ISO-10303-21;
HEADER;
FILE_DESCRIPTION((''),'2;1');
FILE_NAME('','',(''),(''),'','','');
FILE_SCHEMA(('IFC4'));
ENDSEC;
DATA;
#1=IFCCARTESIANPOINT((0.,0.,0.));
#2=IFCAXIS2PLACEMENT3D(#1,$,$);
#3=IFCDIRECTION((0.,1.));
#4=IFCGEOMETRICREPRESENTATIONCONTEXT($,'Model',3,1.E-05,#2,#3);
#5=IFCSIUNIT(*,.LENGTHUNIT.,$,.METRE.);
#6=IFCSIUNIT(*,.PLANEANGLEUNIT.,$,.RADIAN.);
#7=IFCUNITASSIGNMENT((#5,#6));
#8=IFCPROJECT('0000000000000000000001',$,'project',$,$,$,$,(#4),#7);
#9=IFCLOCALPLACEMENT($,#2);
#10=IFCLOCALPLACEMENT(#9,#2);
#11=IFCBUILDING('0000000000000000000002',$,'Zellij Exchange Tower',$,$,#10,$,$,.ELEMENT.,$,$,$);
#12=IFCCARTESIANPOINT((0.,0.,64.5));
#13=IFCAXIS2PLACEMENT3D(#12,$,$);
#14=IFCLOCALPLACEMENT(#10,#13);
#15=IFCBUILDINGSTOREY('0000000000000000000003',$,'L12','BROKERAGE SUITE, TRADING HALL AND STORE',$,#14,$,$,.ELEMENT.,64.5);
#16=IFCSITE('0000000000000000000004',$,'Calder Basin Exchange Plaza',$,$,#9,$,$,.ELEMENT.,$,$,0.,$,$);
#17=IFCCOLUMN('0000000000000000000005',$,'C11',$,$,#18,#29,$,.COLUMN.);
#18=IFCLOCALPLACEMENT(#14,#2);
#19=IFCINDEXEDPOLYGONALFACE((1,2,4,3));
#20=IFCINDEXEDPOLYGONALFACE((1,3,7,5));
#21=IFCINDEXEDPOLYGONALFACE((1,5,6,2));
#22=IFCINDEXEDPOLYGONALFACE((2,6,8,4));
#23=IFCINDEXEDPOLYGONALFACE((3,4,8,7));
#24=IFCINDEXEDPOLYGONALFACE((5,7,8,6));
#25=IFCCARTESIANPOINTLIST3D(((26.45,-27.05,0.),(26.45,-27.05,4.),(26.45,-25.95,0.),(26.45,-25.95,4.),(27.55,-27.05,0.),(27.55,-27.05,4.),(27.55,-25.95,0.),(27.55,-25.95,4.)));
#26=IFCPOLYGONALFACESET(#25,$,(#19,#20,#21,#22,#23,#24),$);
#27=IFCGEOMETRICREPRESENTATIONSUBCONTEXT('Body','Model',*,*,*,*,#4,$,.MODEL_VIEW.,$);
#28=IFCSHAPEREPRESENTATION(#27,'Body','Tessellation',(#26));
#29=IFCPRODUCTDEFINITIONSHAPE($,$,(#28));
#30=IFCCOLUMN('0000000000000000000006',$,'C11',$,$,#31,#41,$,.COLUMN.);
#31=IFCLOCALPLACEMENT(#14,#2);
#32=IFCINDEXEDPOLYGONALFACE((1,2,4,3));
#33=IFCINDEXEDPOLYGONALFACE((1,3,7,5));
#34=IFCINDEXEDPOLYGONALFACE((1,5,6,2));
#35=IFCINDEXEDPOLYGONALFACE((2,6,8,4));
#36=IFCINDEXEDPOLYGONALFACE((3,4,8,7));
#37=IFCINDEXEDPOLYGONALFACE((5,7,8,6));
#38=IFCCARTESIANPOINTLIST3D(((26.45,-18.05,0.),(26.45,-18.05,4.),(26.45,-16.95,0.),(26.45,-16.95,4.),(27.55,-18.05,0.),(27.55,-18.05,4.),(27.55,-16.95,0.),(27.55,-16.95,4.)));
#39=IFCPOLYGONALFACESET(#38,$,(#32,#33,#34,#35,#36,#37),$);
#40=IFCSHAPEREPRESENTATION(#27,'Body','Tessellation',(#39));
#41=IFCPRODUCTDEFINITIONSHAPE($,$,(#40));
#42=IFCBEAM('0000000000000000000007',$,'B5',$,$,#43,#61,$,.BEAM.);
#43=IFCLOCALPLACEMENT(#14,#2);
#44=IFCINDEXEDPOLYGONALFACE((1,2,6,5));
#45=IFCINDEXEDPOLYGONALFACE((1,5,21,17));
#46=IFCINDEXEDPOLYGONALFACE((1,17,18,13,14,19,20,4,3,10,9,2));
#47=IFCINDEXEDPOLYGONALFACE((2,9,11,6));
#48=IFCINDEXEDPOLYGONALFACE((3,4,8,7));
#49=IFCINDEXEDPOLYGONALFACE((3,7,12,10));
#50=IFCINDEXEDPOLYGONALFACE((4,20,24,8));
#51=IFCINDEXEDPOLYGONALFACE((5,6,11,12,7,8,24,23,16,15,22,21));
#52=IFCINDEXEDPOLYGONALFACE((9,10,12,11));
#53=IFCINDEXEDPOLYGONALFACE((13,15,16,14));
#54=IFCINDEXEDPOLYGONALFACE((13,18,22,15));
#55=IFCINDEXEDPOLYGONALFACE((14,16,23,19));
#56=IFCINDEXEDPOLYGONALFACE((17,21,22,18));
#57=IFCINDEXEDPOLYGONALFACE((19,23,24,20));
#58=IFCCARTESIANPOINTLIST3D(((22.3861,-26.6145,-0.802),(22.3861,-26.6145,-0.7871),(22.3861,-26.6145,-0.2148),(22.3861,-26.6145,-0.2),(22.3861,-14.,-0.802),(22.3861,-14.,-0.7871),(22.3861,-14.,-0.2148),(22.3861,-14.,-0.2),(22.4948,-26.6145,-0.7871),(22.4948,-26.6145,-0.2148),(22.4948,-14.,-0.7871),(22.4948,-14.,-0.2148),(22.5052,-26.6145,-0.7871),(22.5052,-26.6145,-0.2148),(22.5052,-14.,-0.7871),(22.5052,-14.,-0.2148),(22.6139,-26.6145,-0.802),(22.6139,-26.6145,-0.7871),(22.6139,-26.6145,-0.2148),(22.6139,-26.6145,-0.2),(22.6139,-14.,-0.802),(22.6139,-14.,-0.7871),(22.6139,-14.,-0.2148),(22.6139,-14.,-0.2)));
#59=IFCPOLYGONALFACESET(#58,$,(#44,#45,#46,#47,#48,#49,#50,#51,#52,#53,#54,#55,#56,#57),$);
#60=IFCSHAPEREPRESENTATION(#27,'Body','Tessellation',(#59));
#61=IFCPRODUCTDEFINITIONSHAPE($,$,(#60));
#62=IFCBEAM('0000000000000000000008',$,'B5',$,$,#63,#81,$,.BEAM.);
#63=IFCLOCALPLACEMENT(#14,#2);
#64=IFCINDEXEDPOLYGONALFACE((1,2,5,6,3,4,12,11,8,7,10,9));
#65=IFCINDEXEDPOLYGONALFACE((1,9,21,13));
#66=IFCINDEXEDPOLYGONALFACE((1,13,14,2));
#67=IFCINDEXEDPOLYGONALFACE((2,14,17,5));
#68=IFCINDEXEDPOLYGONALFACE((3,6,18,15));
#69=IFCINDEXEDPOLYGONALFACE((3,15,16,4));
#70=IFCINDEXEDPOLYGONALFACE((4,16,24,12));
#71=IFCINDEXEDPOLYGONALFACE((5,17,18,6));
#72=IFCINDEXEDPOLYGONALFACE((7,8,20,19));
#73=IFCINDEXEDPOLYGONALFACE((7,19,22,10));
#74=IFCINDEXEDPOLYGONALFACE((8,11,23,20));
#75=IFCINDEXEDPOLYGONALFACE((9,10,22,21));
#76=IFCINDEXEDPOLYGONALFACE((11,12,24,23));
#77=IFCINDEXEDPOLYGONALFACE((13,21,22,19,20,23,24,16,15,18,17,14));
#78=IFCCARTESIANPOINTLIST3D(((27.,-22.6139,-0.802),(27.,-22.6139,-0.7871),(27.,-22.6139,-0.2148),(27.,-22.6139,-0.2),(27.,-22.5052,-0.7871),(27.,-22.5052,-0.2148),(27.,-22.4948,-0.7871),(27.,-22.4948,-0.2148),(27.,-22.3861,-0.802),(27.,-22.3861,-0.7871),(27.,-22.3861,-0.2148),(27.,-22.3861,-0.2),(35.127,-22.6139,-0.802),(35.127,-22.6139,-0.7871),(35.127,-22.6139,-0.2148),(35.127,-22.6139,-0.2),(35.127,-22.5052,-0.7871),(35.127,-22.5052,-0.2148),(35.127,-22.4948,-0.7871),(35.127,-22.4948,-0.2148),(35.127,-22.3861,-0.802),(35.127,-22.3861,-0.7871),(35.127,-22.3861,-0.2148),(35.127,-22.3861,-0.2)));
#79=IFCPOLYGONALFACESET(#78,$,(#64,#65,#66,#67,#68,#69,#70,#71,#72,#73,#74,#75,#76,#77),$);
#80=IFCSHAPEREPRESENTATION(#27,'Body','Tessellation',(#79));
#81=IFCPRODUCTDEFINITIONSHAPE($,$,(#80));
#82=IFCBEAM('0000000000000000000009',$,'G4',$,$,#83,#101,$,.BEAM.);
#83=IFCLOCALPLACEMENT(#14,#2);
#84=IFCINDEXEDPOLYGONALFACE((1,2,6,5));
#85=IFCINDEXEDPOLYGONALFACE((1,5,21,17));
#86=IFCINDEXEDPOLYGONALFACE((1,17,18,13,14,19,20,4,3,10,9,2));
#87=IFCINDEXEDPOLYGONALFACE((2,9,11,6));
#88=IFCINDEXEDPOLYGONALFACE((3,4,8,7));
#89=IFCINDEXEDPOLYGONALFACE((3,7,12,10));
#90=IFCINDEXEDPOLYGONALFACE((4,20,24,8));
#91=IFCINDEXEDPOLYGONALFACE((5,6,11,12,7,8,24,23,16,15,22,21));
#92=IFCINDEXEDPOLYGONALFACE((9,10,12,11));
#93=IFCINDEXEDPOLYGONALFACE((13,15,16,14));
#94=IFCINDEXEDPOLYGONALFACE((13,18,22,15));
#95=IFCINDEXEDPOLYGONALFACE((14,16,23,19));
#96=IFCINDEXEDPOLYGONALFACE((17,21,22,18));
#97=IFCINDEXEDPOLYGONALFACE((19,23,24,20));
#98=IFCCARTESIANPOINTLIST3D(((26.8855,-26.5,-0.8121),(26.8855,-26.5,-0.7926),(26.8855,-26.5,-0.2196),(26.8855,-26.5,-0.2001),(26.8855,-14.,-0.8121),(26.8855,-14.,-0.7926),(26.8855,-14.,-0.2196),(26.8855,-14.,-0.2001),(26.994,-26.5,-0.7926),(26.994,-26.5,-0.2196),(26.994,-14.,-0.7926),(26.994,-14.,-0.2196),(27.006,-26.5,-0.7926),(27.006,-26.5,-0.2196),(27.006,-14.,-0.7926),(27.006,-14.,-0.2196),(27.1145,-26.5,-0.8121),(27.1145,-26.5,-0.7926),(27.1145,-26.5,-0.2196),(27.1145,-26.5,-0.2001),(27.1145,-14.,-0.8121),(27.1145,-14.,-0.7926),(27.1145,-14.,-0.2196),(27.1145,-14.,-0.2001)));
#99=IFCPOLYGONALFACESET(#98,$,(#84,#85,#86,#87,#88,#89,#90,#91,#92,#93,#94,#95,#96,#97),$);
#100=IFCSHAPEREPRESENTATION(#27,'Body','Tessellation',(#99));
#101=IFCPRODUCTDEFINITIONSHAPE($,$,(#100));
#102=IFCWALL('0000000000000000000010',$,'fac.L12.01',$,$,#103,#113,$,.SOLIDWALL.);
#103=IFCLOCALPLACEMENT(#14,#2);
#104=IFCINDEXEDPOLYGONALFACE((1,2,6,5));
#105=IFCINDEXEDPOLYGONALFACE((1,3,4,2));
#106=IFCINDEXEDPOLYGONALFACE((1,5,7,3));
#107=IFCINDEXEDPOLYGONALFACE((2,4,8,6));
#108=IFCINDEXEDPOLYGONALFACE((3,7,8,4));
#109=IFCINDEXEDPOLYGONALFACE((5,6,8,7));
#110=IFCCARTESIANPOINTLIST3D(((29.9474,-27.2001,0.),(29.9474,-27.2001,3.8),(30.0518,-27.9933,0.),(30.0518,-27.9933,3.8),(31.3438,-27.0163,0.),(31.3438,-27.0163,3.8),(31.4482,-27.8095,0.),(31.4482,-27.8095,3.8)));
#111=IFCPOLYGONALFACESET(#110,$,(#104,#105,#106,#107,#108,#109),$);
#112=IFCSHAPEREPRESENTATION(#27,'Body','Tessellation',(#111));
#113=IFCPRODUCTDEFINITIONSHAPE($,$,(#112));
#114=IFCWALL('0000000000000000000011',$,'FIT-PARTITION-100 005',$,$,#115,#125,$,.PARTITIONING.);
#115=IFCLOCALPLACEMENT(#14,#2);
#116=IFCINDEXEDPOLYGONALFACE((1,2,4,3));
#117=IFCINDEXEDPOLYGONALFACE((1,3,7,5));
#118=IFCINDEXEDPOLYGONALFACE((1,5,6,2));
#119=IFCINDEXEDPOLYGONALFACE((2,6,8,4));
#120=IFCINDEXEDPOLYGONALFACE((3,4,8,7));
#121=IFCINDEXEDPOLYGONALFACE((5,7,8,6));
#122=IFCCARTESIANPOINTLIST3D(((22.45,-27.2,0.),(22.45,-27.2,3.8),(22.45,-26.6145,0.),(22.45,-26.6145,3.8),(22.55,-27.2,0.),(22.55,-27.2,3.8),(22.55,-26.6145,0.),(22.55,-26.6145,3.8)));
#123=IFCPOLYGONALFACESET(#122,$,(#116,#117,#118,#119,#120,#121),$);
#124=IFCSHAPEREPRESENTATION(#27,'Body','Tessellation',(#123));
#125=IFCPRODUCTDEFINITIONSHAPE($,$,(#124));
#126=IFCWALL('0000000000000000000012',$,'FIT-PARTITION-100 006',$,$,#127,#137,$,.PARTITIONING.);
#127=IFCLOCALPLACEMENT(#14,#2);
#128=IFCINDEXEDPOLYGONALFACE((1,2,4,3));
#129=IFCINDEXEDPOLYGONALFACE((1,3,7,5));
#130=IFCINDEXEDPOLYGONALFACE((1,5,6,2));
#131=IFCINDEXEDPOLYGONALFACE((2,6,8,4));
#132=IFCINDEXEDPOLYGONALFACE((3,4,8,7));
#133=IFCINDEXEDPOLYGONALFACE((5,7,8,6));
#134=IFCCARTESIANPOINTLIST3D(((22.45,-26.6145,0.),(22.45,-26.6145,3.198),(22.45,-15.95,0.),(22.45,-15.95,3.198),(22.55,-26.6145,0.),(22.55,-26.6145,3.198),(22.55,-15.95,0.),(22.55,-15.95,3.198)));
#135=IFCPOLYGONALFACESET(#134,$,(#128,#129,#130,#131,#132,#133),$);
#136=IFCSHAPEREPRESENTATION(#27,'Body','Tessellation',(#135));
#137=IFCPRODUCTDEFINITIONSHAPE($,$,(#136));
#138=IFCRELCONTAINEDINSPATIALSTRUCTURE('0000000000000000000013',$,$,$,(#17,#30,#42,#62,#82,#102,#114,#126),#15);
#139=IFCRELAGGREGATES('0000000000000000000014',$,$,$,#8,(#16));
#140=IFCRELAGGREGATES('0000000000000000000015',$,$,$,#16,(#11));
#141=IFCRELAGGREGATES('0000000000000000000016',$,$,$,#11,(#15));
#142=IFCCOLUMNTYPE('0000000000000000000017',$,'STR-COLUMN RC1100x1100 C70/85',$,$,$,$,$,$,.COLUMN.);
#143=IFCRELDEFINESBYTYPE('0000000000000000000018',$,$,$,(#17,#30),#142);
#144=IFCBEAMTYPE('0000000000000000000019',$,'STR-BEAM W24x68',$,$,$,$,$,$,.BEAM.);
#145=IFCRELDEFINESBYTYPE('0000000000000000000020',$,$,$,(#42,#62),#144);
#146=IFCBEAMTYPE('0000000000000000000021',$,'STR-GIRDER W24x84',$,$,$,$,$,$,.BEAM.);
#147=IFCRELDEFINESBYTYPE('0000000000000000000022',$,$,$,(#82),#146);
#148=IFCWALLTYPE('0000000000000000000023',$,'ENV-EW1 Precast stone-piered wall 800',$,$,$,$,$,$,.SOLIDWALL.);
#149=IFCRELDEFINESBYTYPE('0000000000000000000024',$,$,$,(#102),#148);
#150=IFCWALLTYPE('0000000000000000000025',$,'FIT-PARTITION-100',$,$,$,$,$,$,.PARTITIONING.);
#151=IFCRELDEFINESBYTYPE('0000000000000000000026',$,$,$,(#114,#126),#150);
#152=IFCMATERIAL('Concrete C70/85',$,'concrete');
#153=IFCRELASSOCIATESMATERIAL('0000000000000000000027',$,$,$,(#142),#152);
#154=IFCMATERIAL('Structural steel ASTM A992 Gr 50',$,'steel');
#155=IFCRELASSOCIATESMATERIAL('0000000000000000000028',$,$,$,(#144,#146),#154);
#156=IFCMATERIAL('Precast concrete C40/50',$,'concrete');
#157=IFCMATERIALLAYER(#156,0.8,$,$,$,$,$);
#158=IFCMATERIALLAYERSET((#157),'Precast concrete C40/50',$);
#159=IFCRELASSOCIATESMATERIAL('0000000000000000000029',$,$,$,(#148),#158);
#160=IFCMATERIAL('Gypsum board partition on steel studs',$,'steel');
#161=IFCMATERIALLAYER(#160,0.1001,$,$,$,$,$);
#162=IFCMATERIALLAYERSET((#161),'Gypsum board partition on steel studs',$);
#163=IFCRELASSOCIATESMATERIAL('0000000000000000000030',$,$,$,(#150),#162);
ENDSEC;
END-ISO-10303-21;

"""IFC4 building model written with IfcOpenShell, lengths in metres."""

from ifc_helpers import new_model, si_unit, direction, frame, frame_2d, origin, origin_2d, place, context, subcontext, project, spatial, rectangle, i_section, extrude, material, layer, layer_set, material_profile, profile_set, type_object, element, save


model = new_model("IFC4")

# Units and contexts
model_context = context("Model", 3, precision=1e-05, world=origin(), true_north=direction((0.0, 1.0)))
body_context = subcontext(model_context, "Body", "Model", "MODEL_VIEW")
ifc_project = project(units=[si_unit("LENGTHUNIT", "METRE"), si_unit("PLANEANGLEUNIT", "RADIAN")], contexts=[model_context])

# Site, building, storey
site_placement = place(None, origin())
site = spatial("IfcSite", under=ifc_project, at=site_placement, Name="Calder Basin Exchange Plaza", CompositionType="ELEMENT", RefElevation=0.0)
building_placement = place(site_placement, origin())
building = spatial("IfcBuilding", under=site, at=building_placement, Name="Zellij Exchange Tower", CompositionType="ELEMENT")
storey_placement = place(building_placement, frame((0.0, 0.0, 64.5)))
storey = spatial("IfcBuildingStorey", under=building, at=storey_placement, Name="L12", Description="BROKERAGE SUITE, TRADING HALL AND STORE", CompositionType="ELEMENT", Elevation=64.5)

# Columns
ifc_material_1 = material(Name="Concrete C70/85", Category="concrete")
ifc_material_profile_1 = material_profile(ifc_material_1, rectangle(XDim=1.1001, YDim=1.1001, at=origin_2d()), Name="STR-COLUMN RC1100x1100 C70/85")
ifc_profile_set_1 = profile_set([ifc_material_profile_1], Name="Concrete C70/85")
column_type = type_object("IfcColumnType", Name="STR-COLUMN RC1100x1100 C70/85", PredefinedType="COLUMN", material=ifc_profile_set_1)
for number, where, z_axis, x_axis, name in (
    (1, (27.0, -26.5, 0.0), (0.0, 0.0, 1.0), (1.0, 0.0, 0.0), "C11"),
    (2, (27.0, -17.5, 0.0), (0.0, 0.0, 1.0), (1.0, 0.0, 0.0), "C11"),
):
    element("IfcColumn", number, at=place(storey_placement, frame(where, z_axis=z_axis, x_axis=x_axis)), inside=storey, type_object=column_type, Name=name, PredefinedType="COLUMN", context=body_context, shape_type="SweptSolid", body=[
        extrude(rectangle(XDim=1.1001, YDim=1.1001, at=origin_2d()), origin(), (0.0, 0.0, 1.0), 4.0),
    ])

# Beams
ifc_material_2 = material(Name="Structural steel ASTM A992 Gr 50", Category="steel")
ifc_material_profile_2 = material_profile(ifc_material_2, i_section(OverallWidth=0.2278, OverallDepth=0.6021, WebThickness=0.0105, FlangeThickness=0.0149, at=origin_2d()), Name="W24x68")
ifc_profile_set_2 = profile_set([ifc_material_profile_2], Name="Structural steel ASTM A992 Gr 50")
beam_type_1 = type_object("IfcBeamType", Name="STR-BEAM W24x68", PredefinedType="BEAM", material=ifc_profile_set_2)
beam_1_placement = place(storey_placement, frame((22.5, -26.6145, -0.501), z_axis=(0.0, 1.0, 0.0), x_axis=(-1.0, 0.0, 0.0)))
element("IfcBeam", 3, at=beam_1_placement, inside=storey, type_object=beam_type_1, Name="B5", PredefinedType="BEAM", context=body_context, shape_type="SweptSolid", body=[
    extrude(i_section(OverallWidth=0.2278, OverallDepth=0.6021, WebThickness=0.0105, FlangeThickness=0.0149, at=origin_2d()), origin(), (0.0, 0.0, 1.0), 12.6145),
])
beam_2_placement = place(storey_placement, frame((27.0, -22.5, -0.501), z_axis=(1.0, 0.0, 0.0), x_axis=(0.0, 1.0, 0.0)))
element("IfcBeam", 4, at=beam_2_placement, inside=storey, type_object=beam_type_1, Name="B5", PredefinedType="BEAM", context=body_context, shape_type="SweptSolid", body=[
    extrude(i_section(OverallWidth=0.2278, OverallDepth=0.6021, WebThickness=0.0105, FlangeThickness=0.0149, at=origin_2d()), origin(), (0.0, 0.0, 1.0), 8.127),
])
ifc_material_profile_3 = material_profile(ifc_material_2, i_section(OverallWidth=0.229, OverallDepth=0.6121, WebThickness=0.012, FlangeThickness=0.0195, at=origin_2d()), Name="W24x84")
ifc_profile_set_3 = profile_set([ifc_material_profile_3], Name="Structural steel ASTM A992 Gr 50")
beam_type_2 = type_object("IfcBeamType", Name="STR-GIRDER W24x84", PredefinedType="BEAM", material=ifc_profile_set_3)
beam_3_placement = place(storey_placement, frame((27.0, -26.5, -0.5061), z_axis=(0.0, 1.0, 0.0), x_axis=(-1.0, 0.0, 0.0)))
element("IfcBeam", 5, at=beam_3_placement, inside=storey, type_object=beam_type_2, Name="G4", PredefinedType="BEAM", context=body_context, shape_type="SweptSolid", body=[
    extrude(i_section(OverallWidth=0.229, OverallDepth=0.6121, WebThickness=0.012, FlangeThickness=0.0195, at=origin_2d()), origin(), (0.0, 0.0, 1.0), 12.5),
])

# Walls
ifc_material_3 = material(Name="Precast concrete C40/50", Category="concrete")
ifc_layer_1 = layer(ifc_material_3, 0.8)
ifc_layer_set_1 = layer_set([ifc_layer_1], Name="Precast concrete C40/50")
wall_type_1 = type_object("IfcWallType", Name="ENV-EW1 Precast stone-piered wall 800", PredefinedType="SOLIDWALL", material=ifc_layer_set_1)
wall_1_placement = place(storey_placement, frame((29.9998, -27.5967, 0.0), z_axis=(0.0, 0.0, 1.0), x_axis=(0.991446, 0.130517, 0.0)))
element("IfcWall", 6, at=wall_1_placement, inside=storey, type_object=wall_type_1, Name="fac.L12.01", PredefinedType="SOLIDWALL", context=body_context, shape_type="SweptSolid", body=[
    extrude(rectangle(XDim=1.4084, YDim=0.8, at=frame_2d((0.7041, 0.0))), origin(), (0.0, 0.0, 1.0), 3.8),
])
ifc_material_4 = material(Name="Gypsum board partition on steel studs", Category="steel")
ifc_layer_2 = layer(ifc_material_4, 0.1001)
ifc_layer_set_2 = layer_set([ifc_layer_2], Name="Gypsum board partition on steel studs")
wall_type_2 = type_object("IfcWallType", Name="FIT-PARTITION-100", PredefinedType="PARTITIONING", material=ifc_layer_set_2)
wall_2_placement = place(storey_placement, frame((22.5, -27.2, 0.0), z_axis=(0.0, 0.0, 1.0), x_axis=(0.0, 1.0, 0.0)))
element("IfcWall", 7, at=wall_2_placement, inside=storey, type_object=wall_type_2, Name="FIT-PARTITION-100 005", PredefinedType="PARTITIONING", context=body_context, shape_type="SweptSolid", body=[
    extrude(rectangle(XDim=0.5854, YDim=0.1001, at=frame_2d((0.2927, 0.0))), origin(), (0.0, 0.0, 1.0), 3.8),
])
wall_3_placement = place(storey_placement, frame((22.5, -26.6145, 0.0), z_axis=(0.0, 0.0, 1.0), x_axis=(0.0, 1.0, 0.0)))
element("IfcWall", 8, at=wall_3_placement, inside=storey, type_object=wall_type_2, Name="FIT-PARTITION-100 006", PredefinedType="PARTITIONING", context=body_context, shape_type="SweptSolid", body=[
    extrude(rectangle(XDim=10.6646, YDim=0.1001, at=frame_2d((5.3323, 0.0))), origin(), (0.0, 0.0, 1.0), 3.198),
])

save(model, "model.ifc")
